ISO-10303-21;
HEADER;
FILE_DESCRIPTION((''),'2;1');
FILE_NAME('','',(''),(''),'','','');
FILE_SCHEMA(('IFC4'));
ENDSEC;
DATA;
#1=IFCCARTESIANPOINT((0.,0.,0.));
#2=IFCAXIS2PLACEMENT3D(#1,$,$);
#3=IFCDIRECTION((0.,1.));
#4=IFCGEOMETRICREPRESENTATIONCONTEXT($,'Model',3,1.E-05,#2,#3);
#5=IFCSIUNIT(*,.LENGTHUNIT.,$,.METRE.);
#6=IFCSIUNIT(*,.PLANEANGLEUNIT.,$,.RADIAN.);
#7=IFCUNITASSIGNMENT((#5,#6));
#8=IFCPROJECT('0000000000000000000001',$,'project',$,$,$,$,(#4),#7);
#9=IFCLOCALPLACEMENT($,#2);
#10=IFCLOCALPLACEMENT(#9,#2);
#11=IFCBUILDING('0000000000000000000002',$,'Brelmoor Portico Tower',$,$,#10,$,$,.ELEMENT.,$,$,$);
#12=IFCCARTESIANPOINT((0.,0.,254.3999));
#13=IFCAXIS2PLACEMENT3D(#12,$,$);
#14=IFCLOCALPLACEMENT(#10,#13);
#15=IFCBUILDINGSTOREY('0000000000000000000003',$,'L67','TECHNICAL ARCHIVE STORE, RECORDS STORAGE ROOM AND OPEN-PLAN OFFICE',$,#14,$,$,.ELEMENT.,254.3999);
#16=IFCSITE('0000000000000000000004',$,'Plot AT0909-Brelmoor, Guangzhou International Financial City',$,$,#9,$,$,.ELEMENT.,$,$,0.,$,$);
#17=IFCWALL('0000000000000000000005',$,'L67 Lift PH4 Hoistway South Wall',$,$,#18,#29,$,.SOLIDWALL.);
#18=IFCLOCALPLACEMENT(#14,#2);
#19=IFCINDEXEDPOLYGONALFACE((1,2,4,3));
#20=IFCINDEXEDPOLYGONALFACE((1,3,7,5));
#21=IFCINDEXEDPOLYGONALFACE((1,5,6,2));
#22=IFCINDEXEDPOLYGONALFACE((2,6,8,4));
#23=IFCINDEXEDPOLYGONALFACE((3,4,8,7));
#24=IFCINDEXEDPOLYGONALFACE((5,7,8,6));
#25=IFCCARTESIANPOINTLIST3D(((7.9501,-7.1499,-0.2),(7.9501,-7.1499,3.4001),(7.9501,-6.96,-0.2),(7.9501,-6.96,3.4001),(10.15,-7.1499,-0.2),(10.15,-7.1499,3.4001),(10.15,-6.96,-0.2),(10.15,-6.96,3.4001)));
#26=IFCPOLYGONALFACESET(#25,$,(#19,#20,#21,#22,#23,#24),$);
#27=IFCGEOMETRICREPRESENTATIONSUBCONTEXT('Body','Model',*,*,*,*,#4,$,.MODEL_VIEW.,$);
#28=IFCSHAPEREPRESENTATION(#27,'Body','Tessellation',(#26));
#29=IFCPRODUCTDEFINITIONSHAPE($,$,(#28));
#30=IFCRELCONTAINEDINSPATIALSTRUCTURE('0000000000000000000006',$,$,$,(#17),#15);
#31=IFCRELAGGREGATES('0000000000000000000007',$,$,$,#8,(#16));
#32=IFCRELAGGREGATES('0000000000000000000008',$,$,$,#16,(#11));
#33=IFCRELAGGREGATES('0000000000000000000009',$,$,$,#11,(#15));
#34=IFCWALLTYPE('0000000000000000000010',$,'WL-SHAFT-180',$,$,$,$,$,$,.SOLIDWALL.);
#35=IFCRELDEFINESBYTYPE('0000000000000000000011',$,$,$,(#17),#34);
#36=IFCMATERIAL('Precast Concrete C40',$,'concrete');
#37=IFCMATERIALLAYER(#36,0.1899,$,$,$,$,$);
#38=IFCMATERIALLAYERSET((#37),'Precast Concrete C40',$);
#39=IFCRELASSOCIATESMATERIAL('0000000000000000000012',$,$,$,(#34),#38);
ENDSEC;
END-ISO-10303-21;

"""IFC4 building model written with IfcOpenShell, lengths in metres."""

from ifc_helpers import new_model, si_unit, direction, frame, frame_2d, origin, place, context, subcontext, project, spatial, rectangle, extrude, material, layer, layer_set, type_object, element, save


model = new_model("IFC4")

# Units and contexts
model_context = context("Model", 3, precision=1e-05, world=origin(), true_north=direction((0.0, 1.0)))
body_context = subcontext(model_context, "Body", "Model", "MODEL_VIEW")
ifc_project = project(units=[si_unit("LENGTHUNIT", "METRE"), si_unit("PLANEANGLEUNIT", "RADIAN")], contexts=[model_context])

# Site, building, storey
site_placement = place(None, origin())
site = spatial("IfcSite", under=ifc_project, at=site_placement, Name="Plot AT0909-Brelmoor, Guangzhou International Financial City", CompositionType="ELEMENT", RefElevation=0.0)
building_placement = place(site_placement, origin())
building = spatial("IfcBuilding", under=site, at=building_placement, Name="Brelmoor Portico Tower", CompositionType="ELEMENT")
storey_placement = place(building_placement, frame((0.0, 0.0, 254.3999)))
storey = spatial("IfcBuildingStorey", under=building, at=storey_placement, Name="L67", Description="TECHNICAL ARCHIVE STORE, RECORDS STORAGE ROOM AND OPEN-PLAN OFFICE", CompositionType="ELEMENT", Elevation=254.3999)

# Shared definitions
ifc_material_1 = material(Name="Precast Concrete C40", Category="concrete")
ifc_layer_1 = layer(ifc_material_1, 0.1899)
ifc_layer_set_1 = layer_set([ifc_layer_1], Name="Precast Concrete C40")
wall_type_1 = type_object("IfcWallType", Name="WL-SHAFT-180", PredefinedType="SOLIDWALL", material=ifc_layer_set_1)

# Wall
for number, where, z_axis, x_axis, name in (
    (1, (7.95, -7.0549, -0.2), (0.0, 0.0, 1.0), (1.0, 0.0, 0.0), "L67 Lift PH4 Hoistway South Wall"),
):
    element("IfcWall", number, at=place(storey_placement, frame(where, z_axis=z_axis, x_axis=x_axis)), inside=storey, type_object=wall_type_1, Name=name, PredefinedType="SOLIDWALL", context=body_context, shape_type="SweptSolid", body=[
        extrude(rectangle(XDim=2.2, YDim=0.1899, at=frame_2d((1.1001, 0.0))), origin(), (0.0, 0.0, 1.0), 3.6001),
    ])

save(model, "model.ifc")
